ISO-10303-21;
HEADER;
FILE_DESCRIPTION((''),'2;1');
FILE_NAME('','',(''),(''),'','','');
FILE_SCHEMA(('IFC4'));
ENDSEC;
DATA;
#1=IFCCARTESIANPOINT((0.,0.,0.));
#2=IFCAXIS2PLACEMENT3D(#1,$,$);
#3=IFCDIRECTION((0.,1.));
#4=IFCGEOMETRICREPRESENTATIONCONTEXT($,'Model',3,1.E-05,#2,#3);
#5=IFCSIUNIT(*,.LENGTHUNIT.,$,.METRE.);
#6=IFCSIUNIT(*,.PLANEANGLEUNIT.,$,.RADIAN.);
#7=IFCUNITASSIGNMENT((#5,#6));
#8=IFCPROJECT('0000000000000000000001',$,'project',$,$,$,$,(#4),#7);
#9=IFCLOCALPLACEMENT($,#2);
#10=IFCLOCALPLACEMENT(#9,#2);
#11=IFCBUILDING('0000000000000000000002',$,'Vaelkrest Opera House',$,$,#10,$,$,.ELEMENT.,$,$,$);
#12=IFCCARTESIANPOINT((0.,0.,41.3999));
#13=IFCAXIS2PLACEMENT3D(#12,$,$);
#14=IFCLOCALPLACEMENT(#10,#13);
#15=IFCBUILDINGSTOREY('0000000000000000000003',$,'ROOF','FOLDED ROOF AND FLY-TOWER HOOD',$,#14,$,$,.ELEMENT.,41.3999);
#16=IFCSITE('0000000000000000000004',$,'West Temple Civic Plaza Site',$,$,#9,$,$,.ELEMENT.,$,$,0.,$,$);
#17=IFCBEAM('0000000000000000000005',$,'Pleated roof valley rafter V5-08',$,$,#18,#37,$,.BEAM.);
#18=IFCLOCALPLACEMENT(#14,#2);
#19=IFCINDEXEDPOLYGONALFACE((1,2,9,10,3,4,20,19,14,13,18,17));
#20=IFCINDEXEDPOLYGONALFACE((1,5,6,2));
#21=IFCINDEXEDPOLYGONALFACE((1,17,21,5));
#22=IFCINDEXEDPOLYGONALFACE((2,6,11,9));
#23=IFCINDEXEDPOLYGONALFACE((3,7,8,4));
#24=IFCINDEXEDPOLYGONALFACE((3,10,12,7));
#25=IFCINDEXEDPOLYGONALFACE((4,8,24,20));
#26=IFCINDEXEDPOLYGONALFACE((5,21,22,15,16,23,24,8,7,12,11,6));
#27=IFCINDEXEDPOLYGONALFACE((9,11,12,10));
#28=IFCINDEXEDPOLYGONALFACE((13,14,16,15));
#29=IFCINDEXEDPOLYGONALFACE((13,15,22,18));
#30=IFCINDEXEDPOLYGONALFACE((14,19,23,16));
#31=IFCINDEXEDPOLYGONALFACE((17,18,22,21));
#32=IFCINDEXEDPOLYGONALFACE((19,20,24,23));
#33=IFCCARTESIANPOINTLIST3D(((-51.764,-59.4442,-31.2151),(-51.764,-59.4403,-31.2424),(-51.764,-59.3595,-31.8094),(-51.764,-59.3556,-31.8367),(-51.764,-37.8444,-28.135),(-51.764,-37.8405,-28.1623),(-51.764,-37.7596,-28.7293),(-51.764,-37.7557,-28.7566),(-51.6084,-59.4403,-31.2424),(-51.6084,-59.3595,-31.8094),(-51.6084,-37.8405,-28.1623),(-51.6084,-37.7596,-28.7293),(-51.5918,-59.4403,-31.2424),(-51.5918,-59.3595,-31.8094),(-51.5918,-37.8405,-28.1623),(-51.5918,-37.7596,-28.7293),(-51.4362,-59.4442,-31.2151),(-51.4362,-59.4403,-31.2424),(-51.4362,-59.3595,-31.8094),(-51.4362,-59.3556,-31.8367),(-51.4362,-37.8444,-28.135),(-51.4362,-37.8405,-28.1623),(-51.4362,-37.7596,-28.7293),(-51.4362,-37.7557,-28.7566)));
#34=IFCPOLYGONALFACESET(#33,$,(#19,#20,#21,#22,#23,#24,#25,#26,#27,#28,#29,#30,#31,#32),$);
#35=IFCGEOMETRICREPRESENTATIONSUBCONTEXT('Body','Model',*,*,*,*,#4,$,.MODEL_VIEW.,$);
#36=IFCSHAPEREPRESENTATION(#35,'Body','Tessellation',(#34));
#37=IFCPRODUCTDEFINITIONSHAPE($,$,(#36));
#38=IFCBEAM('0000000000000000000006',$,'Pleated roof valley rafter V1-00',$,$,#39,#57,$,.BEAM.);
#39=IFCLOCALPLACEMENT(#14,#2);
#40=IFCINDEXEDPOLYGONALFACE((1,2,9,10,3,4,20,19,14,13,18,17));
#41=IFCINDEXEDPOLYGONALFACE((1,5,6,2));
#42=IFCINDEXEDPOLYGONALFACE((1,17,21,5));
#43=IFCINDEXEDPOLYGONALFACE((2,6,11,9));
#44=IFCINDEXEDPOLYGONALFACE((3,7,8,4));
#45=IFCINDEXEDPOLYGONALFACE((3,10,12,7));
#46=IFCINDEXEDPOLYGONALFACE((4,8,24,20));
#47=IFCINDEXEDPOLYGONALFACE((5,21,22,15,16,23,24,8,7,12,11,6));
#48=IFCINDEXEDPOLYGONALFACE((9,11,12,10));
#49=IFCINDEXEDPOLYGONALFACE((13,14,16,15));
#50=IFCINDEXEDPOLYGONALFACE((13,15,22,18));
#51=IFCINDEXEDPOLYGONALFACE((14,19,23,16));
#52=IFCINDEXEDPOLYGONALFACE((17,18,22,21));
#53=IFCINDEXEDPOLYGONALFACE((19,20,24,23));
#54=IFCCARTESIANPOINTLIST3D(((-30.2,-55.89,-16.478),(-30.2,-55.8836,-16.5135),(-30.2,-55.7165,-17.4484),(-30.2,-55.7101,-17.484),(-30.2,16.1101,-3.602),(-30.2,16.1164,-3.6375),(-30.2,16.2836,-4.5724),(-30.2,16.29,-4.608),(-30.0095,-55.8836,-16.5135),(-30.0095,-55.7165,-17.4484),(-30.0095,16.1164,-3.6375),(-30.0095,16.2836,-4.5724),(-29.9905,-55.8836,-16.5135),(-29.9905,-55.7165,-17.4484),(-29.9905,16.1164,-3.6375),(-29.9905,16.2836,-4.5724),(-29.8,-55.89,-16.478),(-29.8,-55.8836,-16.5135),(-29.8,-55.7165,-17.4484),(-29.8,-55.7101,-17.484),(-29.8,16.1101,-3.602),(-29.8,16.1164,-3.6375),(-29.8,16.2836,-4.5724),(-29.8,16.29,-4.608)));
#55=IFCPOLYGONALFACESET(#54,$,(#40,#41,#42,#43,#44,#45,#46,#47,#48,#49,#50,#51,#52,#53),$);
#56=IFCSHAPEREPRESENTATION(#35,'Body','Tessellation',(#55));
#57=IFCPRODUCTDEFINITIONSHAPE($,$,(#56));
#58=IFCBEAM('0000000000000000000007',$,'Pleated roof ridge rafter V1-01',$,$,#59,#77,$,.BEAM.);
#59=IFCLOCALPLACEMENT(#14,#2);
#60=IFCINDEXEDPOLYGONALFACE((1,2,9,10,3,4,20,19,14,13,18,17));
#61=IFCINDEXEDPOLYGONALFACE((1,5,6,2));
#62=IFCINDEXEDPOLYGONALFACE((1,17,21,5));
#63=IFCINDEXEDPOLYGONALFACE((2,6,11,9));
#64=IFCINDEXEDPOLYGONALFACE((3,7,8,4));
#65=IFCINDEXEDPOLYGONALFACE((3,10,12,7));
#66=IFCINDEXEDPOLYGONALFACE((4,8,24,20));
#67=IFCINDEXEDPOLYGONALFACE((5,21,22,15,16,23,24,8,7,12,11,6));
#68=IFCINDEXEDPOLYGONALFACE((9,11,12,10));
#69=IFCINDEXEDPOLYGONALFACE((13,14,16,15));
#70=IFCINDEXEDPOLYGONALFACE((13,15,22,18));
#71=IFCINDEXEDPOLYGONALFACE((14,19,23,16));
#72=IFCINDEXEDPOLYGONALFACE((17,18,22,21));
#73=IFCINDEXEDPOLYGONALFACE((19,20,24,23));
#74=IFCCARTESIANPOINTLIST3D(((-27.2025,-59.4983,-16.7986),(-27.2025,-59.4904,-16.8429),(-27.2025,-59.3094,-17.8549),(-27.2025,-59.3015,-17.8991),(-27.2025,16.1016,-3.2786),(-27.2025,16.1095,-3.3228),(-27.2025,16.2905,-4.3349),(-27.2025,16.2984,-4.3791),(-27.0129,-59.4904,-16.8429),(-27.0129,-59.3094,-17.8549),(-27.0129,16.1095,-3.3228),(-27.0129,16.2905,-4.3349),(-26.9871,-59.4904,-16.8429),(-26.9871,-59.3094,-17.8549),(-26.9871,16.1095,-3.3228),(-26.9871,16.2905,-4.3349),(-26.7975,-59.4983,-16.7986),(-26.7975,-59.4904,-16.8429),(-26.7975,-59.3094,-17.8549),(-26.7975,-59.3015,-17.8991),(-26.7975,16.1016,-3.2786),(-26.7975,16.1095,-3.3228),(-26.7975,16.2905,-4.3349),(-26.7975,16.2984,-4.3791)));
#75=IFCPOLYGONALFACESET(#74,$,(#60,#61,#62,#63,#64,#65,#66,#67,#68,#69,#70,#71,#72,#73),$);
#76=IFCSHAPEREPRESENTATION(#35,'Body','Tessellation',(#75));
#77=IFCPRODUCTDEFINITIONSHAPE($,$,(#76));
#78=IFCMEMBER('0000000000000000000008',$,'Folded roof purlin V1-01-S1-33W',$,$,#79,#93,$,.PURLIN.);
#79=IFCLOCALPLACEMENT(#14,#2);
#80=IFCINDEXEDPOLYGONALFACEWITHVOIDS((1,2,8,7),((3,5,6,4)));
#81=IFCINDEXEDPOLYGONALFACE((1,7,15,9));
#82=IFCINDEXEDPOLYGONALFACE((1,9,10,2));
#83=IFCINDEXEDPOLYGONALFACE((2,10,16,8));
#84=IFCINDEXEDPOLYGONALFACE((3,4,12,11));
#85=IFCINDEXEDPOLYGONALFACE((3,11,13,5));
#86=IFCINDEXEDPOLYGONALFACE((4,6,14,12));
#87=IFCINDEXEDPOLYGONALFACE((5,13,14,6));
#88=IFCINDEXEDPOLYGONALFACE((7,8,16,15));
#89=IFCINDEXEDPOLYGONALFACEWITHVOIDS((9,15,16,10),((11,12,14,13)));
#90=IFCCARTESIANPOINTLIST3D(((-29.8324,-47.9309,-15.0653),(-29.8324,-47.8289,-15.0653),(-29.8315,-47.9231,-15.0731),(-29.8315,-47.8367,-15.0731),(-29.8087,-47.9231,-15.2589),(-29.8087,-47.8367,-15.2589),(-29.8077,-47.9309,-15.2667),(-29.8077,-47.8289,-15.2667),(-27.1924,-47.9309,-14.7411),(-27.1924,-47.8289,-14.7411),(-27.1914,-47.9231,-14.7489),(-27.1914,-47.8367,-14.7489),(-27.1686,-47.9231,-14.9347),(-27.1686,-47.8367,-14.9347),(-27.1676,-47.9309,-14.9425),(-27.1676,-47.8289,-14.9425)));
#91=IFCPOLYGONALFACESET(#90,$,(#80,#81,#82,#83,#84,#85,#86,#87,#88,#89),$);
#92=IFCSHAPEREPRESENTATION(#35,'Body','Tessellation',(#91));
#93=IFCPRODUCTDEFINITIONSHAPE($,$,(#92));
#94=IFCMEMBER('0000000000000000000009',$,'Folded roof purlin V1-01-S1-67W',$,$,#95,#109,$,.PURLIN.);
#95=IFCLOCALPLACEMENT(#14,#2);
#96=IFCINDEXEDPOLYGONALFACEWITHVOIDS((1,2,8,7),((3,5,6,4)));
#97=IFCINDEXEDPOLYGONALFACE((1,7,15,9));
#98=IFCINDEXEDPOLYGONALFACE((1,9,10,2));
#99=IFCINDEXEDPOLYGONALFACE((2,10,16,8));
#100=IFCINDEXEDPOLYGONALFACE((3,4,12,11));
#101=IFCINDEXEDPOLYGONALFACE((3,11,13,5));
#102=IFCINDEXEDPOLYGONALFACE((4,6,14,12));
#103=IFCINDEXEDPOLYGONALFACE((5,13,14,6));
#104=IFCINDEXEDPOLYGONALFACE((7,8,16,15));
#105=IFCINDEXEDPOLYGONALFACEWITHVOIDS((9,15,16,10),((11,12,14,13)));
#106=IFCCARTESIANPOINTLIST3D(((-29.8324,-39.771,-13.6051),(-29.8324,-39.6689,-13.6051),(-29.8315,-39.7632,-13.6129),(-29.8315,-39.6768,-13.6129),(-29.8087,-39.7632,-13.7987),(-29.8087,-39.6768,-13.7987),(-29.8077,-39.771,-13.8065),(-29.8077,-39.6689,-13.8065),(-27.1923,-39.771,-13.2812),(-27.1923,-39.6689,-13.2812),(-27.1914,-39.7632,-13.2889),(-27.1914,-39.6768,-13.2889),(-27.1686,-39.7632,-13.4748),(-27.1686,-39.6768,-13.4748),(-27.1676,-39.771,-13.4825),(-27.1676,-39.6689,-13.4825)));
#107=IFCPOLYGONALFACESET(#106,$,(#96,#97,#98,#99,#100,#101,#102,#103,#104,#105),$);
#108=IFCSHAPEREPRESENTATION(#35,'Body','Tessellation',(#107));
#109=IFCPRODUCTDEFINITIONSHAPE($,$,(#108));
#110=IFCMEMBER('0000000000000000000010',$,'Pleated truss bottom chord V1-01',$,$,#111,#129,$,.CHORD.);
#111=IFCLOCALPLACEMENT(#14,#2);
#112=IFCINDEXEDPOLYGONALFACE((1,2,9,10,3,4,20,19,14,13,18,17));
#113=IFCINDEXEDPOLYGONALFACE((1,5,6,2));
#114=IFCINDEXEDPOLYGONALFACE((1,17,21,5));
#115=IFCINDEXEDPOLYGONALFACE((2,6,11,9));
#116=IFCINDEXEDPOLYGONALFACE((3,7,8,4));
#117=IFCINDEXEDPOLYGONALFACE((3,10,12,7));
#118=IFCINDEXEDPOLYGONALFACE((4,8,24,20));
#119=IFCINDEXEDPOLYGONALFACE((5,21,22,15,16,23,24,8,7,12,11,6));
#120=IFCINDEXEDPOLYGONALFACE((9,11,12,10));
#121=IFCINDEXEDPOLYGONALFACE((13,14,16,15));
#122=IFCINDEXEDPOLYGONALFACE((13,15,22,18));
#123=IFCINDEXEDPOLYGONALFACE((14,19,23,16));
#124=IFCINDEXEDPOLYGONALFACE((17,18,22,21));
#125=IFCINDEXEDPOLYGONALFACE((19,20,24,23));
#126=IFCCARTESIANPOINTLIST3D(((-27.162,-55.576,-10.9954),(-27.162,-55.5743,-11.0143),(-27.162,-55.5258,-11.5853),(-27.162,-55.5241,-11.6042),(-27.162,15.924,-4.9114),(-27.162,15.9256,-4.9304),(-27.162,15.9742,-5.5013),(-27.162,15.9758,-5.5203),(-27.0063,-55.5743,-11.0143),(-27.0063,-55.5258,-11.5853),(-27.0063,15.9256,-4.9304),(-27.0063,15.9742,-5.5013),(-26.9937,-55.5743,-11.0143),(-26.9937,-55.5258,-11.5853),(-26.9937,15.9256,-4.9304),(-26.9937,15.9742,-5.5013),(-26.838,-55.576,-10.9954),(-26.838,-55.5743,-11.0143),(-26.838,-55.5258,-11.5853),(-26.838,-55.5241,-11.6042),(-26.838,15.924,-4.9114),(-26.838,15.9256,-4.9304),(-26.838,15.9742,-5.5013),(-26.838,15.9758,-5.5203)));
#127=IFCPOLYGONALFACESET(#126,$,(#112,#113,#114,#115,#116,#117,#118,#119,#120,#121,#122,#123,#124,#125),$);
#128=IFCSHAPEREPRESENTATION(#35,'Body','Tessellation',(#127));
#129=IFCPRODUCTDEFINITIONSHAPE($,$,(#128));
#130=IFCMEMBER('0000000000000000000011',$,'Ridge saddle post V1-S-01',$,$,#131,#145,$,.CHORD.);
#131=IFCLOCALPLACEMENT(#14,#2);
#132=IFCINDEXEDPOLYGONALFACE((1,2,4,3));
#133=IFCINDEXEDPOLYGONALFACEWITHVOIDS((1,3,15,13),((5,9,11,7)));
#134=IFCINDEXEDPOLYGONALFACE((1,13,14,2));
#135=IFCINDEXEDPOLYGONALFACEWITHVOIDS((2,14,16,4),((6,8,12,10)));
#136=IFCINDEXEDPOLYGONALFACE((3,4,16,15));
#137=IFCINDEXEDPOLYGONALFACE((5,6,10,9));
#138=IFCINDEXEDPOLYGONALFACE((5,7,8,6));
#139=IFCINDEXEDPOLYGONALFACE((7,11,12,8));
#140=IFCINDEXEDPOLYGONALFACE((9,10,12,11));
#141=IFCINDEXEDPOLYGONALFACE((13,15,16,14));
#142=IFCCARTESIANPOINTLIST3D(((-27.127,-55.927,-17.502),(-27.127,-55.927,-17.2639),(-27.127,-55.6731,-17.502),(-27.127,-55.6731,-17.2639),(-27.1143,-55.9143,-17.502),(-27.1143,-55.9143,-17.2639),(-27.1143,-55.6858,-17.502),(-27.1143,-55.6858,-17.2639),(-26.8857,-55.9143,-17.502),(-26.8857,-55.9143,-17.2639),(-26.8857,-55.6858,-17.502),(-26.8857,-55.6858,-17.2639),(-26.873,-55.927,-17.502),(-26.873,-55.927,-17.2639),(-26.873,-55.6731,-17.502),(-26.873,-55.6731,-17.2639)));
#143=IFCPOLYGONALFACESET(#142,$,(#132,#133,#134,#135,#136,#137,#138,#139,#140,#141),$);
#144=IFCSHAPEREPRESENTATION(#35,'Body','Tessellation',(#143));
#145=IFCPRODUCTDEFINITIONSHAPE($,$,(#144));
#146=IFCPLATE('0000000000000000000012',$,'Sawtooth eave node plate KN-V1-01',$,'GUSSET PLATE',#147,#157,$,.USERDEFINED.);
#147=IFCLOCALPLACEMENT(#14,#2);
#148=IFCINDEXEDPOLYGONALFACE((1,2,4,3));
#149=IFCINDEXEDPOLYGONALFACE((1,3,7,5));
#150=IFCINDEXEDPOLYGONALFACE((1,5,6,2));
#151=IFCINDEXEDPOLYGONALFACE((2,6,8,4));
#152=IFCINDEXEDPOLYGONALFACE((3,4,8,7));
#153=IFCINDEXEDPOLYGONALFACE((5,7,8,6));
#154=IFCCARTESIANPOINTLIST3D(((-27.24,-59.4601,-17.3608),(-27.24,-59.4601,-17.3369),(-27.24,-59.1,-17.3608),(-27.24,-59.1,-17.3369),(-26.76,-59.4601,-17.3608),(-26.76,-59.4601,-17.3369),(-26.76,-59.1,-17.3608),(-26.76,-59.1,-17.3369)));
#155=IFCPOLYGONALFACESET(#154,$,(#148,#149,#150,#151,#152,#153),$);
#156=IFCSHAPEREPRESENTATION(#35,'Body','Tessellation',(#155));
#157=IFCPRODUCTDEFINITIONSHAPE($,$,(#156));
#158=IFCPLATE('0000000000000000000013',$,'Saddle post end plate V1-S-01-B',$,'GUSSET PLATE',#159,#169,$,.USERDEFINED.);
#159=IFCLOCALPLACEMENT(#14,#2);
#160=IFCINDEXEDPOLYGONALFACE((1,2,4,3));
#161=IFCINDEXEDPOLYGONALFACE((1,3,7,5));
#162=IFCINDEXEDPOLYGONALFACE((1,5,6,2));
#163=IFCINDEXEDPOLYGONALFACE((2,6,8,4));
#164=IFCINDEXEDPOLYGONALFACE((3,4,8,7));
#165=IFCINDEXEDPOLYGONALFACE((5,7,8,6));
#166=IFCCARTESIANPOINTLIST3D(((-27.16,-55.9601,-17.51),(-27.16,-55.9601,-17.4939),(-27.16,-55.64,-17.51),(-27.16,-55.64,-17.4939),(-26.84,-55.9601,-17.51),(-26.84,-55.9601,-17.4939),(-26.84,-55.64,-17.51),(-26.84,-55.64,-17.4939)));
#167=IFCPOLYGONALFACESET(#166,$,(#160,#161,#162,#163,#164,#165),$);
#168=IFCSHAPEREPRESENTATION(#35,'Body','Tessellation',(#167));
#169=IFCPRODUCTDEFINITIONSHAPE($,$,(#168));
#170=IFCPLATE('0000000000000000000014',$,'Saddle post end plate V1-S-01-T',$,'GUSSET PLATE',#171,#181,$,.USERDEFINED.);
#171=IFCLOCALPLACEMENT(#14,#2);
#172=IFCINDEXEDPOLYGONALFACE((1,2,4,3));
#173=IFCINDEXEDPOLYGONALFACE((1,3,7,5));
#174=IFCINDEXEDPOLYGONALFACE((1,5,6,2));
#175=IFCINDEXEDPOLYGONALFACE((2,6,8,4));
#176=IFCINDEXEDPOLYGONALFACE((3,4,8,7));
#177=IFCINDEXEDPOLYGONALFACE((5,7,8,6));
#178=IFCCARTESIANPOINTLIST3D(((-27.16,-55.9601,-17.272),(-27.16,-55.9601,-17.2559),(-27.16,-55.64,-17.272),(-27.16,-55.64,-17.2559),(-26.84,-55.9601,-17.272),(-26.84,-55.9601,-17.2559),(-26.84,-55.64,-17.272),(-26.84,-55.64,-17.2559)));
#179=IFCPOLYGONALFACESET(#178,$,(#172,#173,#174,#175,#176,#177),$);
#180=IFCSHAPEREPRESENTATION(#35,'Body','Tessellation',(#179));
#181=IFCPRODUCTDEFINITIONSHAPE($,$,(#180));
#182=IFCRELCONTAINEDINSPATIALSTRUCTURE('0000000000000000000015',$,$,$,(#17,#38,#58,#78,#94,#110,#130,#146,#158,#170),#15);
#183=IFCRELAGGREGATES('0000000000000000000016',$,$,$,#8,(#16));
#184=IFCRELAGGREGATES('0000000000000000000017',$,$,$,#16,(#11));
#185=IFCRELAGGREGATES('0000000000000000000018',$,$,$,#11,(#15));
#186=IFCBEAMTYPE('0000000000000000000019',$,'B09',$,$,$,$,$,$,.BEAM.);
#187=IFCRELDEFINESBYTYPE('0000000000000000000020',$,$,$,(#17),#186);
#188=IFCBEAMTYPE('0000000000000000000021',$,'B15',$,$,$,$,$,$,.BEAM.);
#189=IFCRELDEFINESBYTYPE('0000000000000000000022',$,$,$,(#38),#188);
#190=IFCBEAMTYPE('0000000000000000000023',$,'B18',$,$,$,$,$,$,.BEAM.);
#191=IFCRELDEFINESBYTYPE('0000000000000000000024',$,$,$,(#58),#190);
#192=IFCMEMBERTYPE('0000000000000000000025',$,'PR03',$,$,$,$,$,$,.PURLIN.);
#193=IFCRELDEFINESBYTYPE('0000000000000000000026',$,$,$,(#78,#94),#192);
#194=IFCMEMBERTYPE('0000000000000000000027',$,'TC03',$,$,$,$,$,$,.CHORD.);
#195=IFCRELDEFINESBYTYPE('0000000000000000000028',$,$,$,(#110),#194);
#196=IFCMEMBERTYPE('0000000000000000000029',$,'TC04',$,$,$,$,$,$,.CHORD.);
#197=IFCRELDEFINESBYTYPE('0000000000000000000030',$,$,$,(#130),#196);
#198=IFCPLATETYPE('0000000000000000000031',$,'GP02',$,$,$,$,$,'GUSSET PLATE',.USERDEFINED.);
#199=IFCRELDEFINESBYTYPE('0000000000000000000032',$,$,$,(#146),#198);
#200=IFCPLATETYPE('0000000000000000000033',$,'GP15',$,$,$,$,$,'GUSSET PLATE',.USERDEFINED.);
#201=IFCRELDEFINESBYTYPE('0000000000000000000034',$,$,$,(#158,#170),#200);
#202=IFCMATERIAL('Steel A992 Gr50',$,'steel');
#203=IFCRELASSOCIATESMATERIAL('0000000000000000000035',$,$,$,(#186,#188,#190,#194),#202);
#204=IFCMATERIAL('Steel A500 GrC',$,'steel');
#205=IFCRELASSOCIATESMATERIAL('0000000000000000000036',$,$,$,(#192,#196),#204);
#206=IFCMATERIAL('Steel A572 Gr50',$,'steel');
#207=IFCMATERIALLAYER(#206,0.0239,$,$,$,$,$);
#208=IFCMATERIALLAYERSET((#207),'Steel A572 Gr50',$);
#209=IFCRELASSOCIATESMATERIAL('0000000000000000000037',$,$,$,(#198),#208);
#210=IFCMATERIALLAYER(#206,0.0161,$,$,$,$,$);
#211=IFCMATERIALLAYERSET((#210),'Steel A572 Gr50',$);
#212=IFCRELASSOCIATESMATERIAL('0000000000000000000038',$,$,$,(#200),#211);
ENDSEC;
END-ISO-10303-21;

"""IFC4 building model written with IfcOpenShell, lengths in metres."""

from ifc_helpers import new_model, si_unit, direction, frame, origin, origin_2d, place, context, subcontext, project, spatial, rectangle, hollow_rectangle, i_section, extrude, material, layer, layer_set, material_profile, profile_set, type_object, element, save


model = new_model("IFC4")

# Units and contexts
model_context = context("Model", 3, precision=1e-05, world=origin(), true_north=direction((0.0, 1.0)))
body_context = subcontext(model_context, "Body", "Model", "MODEL_VIEW")
ifc_project = project(units=[si_unit("LENGTHUNIT", "METRE"), si_unit("PLANEANGLEUNIT", "RADIAN")], contexts=[model_context])

# Site, building, storey
site_placement = place(None, origin())
site = spatial("IfcSite", under=ifc_project, at=site_placement, Name="West Temple Civic Plaza Site", CompositionType="ELEMENT", RefElevation=0.0)
building_placement = place(site_placement, origin())
building = spatial("IfcBuilding", under=site, at=building_placement, Name="Vaelkrest Opera House", CompositionType="ELEMENT")
storey_placement = place(building_placement, frame((0.0, 0.0, 41.3999)))
storey = spatial("IfcBuildingStorey", under=building, at=storey_placement, Name="ROOF", Description="FOLDED ROOF AND FLY-TOWER HOOD", CompositionType="ELEMENT", Elevation=41.3999)

# Beams
ifc_material_1 = material(Name="Steel A992 Gr50", Category="steel")
ifc_material_profile_1 = material_profile(ifc_material_1, i_section(OverallWidth=0.3279, OverallDepth=0.6279, WebThickness=0.0166, FlangeThickness=0.0276, at=origin_2d()), Name="W24X146")
ifc_profile_set_1 = profile_set([ifc_material_profile_1], Name="Steel A992 Gr50")
beam_type_1 = type_object("IfcBeamType", Name="B09", PredefinedType="BEAM", material=ifc_profile_set_1)
beam_1_placement = place(storey_placement, frame((-51.6001, -59.3999, -31.5259), z_axis=(0.0, 0.989985, 0.141169), x_axis=(-1.0, 0.0, 0.0)))
element("IfcBeam", 1, at=beam_1_placement, inside=storey, type_object=beam_type_1, Name="Pleated roof valley rafter V5-08", PredefinedType="BEAM", context=body_context, shape_type="SweptSolid", body=[
    extrude(i_section(OverallWidth=0.3279, OverallDepth=0.6279, WebThickness=0.0166, FlangeThickness=0.0276, at=origin_2d()), origin(), (0.0, 0.0, 1.0), 21.8184),
])
ifc_material_profile_2 = material_profile(ifc_material_1, i_section(OverallWidth=0.3999, OverallDepth=1.022, WebThickness=0.019, FlangeThickness=0.0361, at=origin_2d()), Name="W40X249")
ifc_profile_set_2 = profile_set([ifc_material_profile_2], Name="Steel A992 Gr50")
beam_type_2 = type_object("IfcBeamType", Name="B15", PredefinedType="BEAM", material=ifc_profile_set_2)
beam_2_placement = place(storey_placement, frame((-30.0, -55.8, -16.981), z_axis=(0.0, 0.984383, 0.17604), x_axis=(-1.0, 0.0, 0.0)))
element("IfcBeam", 2, at=beam_2_placement, inside=storey, type_object=beam_type_2, Name="Pleated roof valley rafter V1-00", PredefinedType="BEAM", context=body_context, shape_type="SweptSolid", body=[
    extrude(i_section(OverallWidth=0.3999, OverallDepth=1.022, WebThickness=0.019, FlangeThickness=0.0361, at=origin_2d()), origin(), (0.0, 0.0, 1.0), 73.1423),
])
ifc_material_profile_3 = material_profile(ifc_material_1, i_section(OverallWidth=0.405, OverallDepth=1.1179, WebThickness=0.0259, FlangeThickness=0.0449, at=origin_2d()), Name="W44X335")
ifc_profile_set_3 = profile_set([ifc_material_profile_3], Name="Steel A992 Gr50")
beam_type_3 = type_object("IfcBeamType", Name="B18", PredefinedType="BEAM", material=ifc_profile_set_3)
beam_3_placement = place(storey_placement, frame((-27.0, -59.3999, -17.3489), z_axis=(0.0, 0.984382, 0.176044), x_axis=(-1.0, 0.0, 0.0)))
element("IfcBeam", 3, at=beam_3_placement, inside=storey, type_object=beam_type_3, Name="Pleated roof ridge rafter V1-01", PredefinedType="BEAM", context=body_context, shape_type="SweptSolid", body=[
    extrude(i_section(OverallWidth=0.405, OverallDepth=1.1179, WebThickness=0.0259, FlangeThickness=0.0449, at=origin_2d()), origin(), (0.0, 0.0, 1.0), 76.7993),
])

# Members
ifc_material_2 = material(Name="Steel A500 GrC", Category="steel")
ifc_material_profile_4 = material_profile(ifc_material_2, hollow_rectangle(XDim=0.1021, YDim=0.2029, WallThickness=0.0078, at=origin_2d()), Name="HSS203X102X8")
ifc_profile_set_4 = profile_set([ifc_material_profile_4], Name="Steel A500 GrC")
member_type_1 = type_object("IfcMemberType", Name="PR03", PredefinedType="PURLIN", material=ifc_profile_set_4)
for number, where, z_axis, x_axis, name in (
    (4, (-29.8201, -47.8799, -15.166), (0.992544, 0.0, 0.121888), (0.0, 1.0, 0.0), "Folded roof purlin V1-01-S1-33W"),
    (5, (-29.8201, -39.72, -13.7058), (0.992555, 0.0, 0.121798), (0.0, 1.0, 0.0), "Folded roof purlin V1-01-S1-67W"),
):
    element("IfcMember", number, at=place(storey_placement, frame(where, z_axis=z_axis, x_axis=x_axis)), inside=storey, type_object=member_type_1, Name=name, PredefinedType="PURLIN", context=body_context, shape_type="SweptSolid", body=[
        extrude(hollow_rectangle(XDim=0.1021, YDim=0.2029, WallThickness=0.0078, at=origin_2d()), origin(), (0.0, 0.0, 1.0), 2.6599),
    ])
ifc_material_profile_5 = material_profile(ifc_material_1, i_section(OverallWidth=0.324, OverallDepth=0.6111, WebThickness=0.0127, FlangeThickness=0.019, at=origin_2d()), Name="W24X104")
ifc_profile_set_5 = profile_set([ifc_material_profile_5], Name="Steel A992 Gr50")
member_type_2 = type_object("IfcMemberType", Name="TC03", PredefinedType="CHORD", material=ifc_profile_set_5)
member_1_placement = place(storey_placement, frame((-27.0, -55.55, -11.2998), z_axis=(0.0, 0.996399, 0.084784), x_axis=(-1.0, 0.0, 0.0)))
element("IfcMember", 6, at=member_1_placement, inside=storey, type_object=member_type_2, Name="Pleated truss bottom chord V1-01", PredefinedType="CHORD", context=body_context, shape_type="SweptSolid", body=[
    extrude(i_section(OverallWidth=0.324, OverallDepth=0.6111, WebThickness=0.0127, FlangeThickness=0.019, at=origin_2d()), origin(), (0.0, 0.0, 1.0), 71.7583),
])
ifc_material_profile_6 = material_profile(ifc_material_2, hollow_rectangle(XDim=0.2539, YDim=0.2539, WallThickness=0.0127, at=origin_2d()), Name="HSS254X254X12.7")
ifc_profile_set_6 = profile_set([ifc_material_profile_6], Name="Steel A500 GrC")
member_type_3 = type_object("IfcMemberType", Name="TC04", PredefinedType="CHORD", material=ifc_profile_set_6)
member_2_placement = place(storey_placement, frame((-27.0, -55.8, -17.502), z_axis=(0.0, 0.0, 1.0), x_axis=(1.0, 0.0, 0.0)))
element("IfcMember", 7, at=member_2_placement, inside=storey, type_object=member_type_3, Name="Ridge saddle post V1-S-01", PredefinedType="CHORD", context=body_context, shape_type="SweptSolid", body=[
    extrude(hollow_rectangle(XDim=0.2539, YDim=0.2539, WallThickness=0.0127, at=origin_2d()), origin(), (0.0, 0.0, 1.0), 0.238),
])

# Plates
ifc_material_3 = material(Name="Steel A572 Gr50", Category="steel")
ifc_layer_1 = layer(ifc_material_3, 0.0239)
ifc_layer_set_1 = layer_set([ifc_layer_1], Name="Steel A572 Gr50")
plate_type_1 = type_object("IfcPlateType", Name="GP02", ElementType="GUSSET PLATE", PredefinedType="USERDEFINED", material=ifc_layer_set_1)
plate_placement = place(storey_placement, frame((-27.0, -59.28, -17.3608), z_axis=(0.0, 0.0, 1.0), x_axis=(1.0, 0.0, 0.0)))
element("IfcPlate", 8, at=plate_placement, inside=storey, type_object=plate_type_1, Name="Sawtooth eave node plate KN-V1-01", ObjectType="GUSSET PLATE", PredefinedType="USERDEFINED", context=body_context, shape_type="SweptSolid", body=[
    extrude(rectangle(XDim=0.48, YDim=0.3601, at=origin_2d()), origin(), (0.0, 0.0, 1.0), 0.0239),
])
ifc_layer_2 = layer(ifc_material_3, 0.0161)
ifc_layer_set_2 = layer_set([ifc_layer_2], Name="Steel A572 Gr50")
plate_type_2 = type_object("IfcPlateType", Name="GP15", ElementType="GUSSET PLATE", PredefinedType="USERDEFINED", material=ifc_layer_set_2)
for number, where, z_axis, x_axis, name in (
    (9, (-27.0, -55.8, -17.51), (0.0, 0.0, 1.0), (1.0, 0.0, 0.0), "Saddle post end plate V1-S-01-B"),
    (10, (-27.0, -55.8, -17.272), (0.0, 0.0, 1.0), (1.0, 0.0, 0.0), "Saddle post end plate V1-S-01-T"),
):
    element("IfcPlate", number, at=place(storey_placement, frame(where, z_axis=z_axis, x_axis=x_axis)), inside=storey, type_object=plate_type_2, Name=name, ObjectType="GUSSET PLATE", PredefinedType="USERDEFINED", context=body_context, shape_type="SweptSolid", body=[
        extrude(rectangle(XDim=0.3201, YDim=0.3201, at=origin_2d()), origin(), (0.0, 0.0, 1.0), 0.0161),
    ])

save(model, "model.ifc")
